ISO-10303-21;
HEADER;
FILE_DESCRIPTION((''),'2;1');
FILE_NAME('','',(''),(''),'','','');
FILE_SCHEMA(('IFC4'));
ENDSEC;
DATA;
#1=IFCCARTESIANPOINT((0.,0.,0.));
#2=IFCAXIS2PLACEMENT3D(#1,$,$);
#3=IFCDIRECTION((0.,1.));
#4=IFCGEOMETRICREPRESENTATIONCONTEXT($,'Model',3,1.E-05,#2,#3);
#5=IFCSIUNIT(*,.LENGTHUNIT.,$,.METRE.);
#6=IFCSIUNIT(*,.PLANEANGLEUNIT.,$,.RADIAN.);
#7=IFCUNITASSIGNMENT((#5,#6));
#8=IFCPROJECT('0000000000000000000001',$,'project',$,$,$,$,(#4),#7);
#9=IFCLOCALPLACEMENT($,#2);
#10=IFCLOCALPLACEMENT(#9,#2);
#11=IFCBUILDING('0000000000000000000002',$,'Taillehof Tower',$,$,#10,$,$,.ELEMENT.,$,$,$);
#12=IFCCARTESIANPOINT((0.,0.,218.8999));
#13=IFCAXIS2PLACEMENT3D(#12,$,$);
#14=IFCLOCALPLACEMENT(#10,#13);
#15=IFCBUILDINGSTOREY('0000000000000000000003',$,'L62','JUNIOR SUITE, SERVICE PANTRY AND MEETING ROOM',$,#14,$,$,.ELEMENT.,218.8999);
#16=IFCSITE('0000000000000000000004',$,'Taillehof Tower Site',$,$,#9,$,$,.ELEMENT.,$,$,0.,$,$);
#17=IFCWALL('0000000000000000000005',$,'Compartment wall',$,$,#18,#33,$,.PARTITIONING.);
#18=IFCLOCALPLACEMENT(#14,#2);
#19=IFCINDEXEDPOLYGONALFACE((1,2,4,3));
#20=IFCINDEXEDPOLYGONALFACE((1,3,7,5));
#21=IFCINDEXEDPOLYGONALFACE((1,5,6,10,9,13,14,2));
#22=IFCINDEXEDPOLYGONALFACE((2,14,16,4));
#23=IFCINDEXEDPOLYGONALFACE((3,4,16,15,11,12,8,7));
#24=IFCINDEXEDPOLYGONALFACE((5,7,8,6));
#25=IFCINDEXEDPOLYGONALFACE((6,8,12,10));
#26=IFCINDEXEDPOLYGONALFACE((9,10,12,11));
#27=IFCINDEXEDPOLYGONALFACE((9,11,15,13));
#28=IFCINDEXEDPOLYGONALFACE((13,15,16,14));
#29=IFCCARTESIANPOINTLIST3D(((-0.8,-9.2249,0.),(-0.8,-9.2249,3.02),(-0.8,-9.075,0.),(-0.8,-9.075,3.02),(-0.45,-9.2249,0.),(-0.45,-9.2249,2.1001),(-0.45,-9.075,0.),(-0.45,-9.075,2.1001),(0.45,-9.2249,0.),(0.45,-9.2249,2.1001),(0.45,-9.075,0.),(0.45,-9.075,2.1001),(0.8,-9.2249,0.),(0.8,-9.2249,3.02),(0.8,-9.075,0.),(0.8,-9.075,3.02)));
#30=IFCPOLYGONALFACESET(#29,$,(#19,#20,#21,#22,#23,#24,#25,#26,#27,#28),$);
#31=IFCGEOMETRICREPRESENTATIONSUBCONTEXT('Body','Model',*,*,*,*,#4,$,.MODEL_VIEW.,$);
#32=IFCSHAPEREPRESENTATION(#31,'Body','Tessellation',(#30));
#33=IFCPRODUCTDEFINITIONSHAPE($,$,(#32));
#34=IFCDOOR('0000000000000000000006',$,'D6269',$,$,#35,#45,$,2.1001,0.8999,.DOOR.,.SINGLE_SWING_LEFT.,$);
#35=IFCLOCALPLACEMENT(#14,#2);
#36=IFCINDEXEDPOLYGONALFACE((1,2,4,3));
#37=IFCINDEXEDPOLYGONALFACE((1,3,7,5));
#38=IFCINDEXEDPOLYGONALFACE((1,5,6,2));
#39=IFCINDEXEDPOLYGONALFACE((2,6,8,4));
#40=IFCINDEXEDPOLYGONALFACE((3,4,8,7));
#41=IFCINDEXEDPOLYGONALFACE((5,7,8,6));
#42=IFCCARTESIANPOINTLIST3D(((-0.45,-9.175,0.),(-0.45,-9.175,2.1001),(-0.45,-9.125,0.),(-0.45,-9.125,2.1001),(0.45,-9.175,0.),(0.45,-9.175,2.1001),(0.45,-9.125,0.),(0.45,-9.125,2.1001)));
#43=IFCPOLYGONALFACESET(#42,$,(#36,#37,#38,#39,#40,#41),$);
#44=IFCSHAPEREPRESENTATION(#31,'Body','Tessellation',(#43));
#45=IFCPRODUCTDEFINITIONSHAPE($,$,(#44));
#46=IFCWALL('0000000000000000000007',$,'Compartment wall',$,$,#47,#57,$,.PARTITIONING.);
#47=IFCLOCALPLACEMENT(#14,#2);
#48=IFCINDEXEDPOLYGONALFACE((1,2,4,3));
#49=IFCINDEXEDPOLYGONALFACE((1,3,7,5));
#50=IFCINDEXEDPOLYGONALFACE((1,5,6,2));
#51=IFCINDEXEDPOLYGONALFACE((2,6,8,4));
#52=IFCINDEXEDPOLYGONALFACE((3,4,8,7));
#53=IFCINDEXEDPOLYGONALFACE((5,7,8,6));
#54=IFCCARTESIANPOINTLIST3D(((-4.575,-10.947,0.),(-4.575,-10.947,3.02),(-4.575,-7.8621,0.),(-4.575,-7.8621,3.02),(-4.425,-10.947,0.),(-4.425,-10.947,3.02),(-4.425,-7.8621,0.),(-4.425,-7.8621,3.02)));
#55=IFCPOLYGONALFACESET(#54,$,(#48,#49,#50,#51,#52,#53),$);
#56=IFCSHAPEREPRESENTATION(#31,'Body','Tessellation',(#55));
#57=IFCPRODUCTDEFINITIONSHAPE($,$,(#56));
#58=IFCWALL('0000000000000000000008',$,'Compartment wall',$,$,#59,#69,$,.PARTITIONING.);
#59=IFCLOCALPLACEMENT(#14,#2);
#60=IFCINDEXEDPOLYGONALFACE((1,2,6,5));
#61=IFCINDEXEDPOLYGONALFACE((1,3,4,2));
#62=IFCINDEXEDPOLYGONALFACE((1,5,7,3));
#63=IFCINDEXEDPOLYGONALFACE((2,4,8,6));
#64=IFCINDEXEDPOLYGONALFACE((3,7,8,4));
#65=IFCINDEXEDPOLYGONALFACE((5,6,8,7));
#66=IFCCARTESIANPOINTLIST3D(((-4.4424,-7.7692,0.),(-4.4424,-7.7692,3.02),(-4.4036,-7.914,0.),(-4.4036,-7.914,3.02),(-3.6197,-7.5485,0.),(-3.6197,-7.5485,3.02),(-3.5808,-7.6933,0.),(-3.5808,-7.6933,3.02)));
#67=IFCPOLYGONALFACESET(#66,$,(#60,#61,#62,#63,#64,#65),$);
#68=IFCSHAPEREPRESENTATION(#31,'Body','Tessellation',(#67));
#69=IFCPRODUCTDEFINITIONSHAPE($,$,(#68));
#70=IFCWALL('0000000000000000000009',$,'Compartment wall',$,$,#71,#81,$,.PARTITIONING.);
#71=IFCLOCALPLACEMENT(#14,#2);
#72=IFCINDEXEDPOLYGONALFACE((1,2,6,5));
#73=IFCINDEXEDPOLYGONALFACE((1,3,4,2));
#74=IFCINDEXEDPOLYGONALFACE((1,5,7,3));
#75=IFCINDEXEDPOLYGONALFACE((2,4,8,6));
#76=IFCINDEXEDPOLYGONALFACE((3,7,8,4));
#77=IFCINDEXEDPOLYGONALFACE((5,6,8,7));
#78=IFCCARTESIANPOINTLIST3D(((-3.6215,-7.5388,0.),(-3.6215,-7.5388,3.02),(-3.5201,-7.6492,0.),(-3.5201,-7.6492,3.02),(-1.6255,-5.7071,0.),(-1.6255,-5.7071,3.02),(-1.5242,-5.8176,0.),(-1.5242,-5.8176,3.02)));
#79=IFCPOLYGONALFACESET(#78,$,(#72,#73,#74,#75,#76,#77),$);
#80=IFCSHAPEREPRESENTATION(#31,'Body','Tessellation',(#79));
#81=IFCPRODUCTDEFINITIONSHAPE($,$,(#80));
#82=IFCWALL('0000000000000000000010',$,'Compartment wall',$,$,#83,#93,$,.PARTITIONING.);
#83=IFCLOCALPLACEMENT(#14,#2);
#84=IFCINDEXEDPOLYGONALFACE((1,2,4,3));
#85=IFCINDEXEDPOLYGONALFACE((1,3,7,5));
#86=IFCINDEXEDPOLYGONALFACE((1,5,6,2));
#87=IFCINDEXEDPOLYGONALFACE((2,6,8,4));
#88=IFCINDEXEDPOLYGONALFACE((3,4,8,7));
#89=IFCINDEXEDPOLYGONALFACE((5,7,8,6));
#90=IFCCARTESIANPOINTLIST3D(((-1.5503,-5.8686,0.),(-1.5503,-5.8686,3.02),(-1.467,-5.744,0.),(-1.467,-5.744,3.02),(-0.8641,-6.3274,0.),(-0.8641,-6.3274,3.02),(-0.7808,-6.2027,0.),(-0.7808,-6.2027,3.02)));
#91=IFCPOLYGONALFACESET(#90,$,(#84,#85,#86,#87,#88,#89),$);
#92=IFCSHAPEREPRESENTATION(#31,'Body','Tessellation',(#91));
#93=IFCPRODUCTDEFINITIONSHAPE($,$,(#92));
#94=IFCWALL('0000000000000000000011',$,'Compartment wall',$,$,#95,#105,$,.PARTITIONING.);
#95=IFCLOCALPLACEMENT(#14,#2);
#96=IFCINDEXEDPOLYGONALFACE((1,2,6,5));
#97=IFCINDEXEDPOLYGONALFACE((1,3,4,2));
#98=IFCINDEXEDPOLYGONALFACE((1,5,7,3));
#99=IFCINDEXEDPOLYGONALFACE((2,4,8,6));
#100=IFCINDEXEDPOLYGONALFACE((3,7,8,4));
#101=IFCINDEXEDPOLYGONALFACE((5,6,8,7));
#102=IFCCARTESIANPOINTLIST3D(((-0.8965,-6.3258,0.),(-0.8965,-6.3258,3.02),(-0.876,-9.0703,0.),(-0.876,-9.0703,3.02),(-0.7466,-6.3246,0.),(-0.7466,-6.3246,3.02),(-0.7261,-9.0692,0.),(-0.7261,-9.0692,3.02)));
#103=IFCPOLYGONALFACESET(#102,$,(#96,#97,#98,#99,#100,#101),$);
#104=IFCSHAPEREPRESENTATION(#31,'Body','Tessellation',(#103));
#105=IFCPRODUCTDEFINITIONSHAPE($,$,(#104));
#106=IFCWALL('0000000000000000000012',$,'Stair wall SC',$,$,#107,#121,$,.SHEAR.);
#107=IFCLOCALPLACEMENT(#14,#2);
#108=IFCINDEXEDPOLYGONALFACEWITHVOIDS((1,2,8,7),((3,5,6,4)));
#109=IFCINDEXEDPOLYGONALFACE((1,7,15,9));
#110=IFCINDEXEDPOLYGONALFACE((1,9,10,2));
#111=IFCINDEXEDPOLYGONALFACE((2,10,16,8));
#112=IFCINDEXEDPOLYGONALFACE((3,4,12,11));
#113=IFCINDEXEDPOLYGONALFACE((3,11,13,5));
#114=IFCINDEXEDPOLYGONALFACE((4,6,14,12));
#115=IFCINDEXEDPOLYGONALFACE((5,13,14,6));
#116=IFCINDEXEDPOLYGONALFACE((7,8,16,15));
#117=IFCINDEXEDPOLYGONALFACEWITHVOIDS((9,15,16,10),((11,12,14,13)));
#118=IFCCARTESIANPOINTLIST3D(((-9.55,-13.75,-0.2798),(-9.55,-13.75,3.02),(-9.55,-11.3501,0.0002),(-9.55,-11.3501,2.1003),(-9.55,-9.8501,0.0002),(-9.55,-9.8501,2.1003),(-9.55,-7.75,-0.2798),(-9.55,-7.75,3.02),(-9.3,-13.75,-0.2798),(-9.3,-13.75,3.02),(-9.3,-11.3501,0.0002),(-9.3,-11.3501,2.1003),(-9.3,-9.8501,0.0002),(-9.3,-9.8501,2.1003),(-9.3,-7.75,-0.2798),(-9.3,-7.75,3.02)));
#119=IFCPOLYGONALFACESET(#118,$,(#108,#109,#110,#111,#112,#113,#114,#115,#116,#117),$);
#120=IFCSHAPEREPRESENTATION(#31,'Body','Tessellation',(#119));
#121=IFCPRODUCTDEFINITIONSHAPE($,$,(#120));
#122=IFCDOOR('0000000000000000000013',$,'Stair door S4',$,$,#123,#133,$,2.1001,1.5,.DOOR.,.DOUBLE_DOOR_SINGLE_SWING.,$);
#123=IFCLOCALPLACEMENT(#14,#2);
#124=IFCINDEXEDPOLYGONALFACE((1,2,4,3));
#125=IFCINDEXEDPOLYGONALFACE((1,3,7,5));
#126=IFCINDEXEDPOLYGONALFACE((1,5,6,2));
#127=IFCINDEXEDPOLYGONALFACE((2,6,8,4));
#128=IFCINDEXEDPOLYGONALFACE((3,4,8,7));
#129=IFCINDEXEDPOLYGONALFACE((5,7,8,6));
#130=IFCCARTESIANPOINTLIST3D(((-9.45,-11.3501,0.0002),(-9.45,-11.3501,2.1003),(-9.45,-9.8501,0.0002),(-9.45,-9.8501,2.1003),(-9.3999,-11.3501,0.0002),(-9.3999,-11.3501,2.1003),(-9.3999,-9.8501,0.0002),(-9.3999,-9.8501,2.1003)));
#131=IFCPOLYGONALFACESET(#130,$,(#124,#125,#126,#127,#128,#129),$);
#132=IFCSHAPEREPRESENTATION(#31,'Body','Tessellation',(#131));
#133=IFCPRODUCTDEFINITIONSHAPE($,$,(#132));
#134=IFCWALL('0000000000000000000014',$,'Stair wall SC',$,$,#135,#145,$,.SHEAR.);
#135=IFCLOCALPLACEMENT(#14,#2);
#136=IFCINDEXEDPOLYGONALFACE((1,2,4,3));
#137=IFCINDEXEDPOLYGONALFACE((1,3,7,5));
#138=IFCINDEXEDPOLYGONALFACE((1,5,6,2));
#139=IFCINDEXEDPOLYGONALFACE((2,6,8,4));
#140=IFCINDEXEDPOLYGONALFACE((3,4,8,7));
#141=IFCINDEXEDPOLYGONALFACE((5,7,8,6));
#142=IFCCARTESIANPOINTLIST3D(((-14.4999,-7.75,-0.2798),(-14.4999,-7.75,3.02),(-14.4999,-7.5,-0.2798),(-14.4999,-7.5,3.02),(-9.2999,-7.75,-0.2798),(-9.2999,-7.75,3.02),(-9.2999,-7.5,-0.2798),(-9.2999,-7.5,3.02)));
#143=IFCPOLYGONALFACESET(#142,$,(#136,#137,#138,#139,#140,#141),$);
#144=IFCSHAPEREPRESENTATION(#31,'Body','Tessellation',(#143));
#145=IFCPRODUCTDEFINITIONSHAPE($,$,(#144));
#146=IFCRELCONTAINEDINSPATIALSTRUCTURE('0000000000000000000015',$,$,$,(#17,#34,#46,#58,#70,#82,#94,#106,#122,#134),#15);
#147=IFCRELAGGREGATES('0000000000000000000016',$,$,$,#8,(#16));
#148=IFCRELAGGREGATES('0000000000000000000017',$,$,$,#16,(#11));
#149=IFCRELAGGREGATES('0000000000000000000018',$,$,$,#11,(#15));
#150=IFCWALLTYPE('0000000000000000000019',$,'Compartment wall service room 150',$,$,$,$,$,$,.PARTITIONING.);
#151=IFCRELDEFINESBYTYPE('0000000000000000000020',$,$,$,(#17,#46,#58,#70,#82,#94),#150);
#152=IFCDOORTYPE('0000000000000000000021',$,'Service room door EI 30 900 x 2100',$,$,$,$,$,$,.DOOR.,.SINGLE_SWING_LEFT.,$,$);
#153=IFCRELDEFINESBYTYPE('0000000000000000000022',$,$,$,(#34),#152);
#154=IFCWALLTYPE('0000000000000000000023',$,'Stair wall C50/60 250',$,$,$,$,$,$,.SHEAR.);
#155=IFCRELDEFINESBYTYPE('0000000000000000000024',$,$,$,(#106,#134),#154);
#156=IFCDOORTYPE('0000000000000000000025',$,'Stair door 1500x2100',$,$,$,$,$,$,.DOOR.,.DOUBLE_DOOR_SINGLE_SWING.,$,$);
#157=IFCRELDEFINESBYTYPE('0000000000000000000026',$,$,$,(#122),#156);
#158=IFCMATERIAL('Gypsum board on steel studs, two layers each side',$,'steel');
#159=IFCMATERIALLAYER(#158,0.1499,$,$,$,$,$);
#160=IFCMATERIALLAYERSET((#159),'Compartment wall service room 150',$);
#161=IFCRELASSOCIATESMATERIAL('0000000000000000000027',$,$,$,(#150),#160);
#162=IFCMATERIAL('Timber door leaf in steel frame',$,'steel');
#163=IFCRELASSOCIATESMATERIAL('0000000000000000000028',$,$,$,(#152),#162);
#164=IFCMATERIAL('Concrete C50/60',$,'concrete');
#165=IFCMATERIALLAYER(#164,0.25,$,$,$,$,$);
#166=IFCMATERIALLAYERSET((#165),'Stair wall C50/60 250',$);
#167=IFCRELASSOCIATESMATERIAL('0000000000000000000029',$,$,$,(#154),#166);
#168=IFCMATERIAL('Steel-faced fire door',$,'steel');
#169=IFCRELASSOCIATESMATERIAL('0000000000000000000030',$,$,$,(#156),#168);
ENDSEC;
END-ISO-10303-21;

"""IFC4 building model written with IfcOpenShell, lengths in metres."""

from ifc_helpers import new_model, si_unit, direction, frame, frame_2d, origin, place, context, subcontext, project, spatial, rectangle, extrude, material, layer, layer_set, type_object, element, fill, save


model = new_model("IFC4")

# Units and contexts
model_context = context("Model", 3, precision=1e-05, world=origin(), true_north=direction((0.0, 1.0)))
body_context = subcontext(model_context, "Body", "Model", "MODEL_VIEW")
ifc_project = project(units=[si_unit("LENGTHUNIT", "METRE"), si_unit("PLANEANGLEUNIT", "RADIAN")], contexts=[model_context])

# Site, building, storey
site_placement = place(None, origin())
site = spatial("IfcSite", under=ifc_project, at=site_placement, Name="Taillehof Tower Site", CompositionType="ELEMENT", RefElevation=0.0)
building_placement = place(site_placement, origin())
building = spatial("IfcBuilding", under=site, at=building_placement, Name="Taillehof Tower", CompositionType="ELEMENT")
storey_placement = place(building_placement, frame((0.0, 0.0, 218.8999)))
storey = spatial("IfcBuildingStorey", under=building, at=storey_placement, Name="L62", Description="JUNIOR SUITE, SERVICE PANTRY AND MEETING ROOM", CompositionType="ELEMENT", Elevation=218.8999)

# Wall, opening, door
ifc_material_1 = material(Name="Gypsum board on steel studs, two layers each side", Category="steel")
ifc_layer_1 = layer(ifc_material_1, 0.1499)
ifc_layer_set_1 = layer_set([ifc_layer_1], Name="Compartment wall service room 150")
wall_type_1 = type_object("IfcWallType", Name="Compartment wall service room 150", PredefinedType="PARTITIONING", material=ifc_layer_set_1)
wall_1_placement = place(storey_placement, frame((-0.8, -9.1499, 0.0), z_axis=(0.0, 0.0, 1.0), x_axis=(1.0, 0.0, 0.0)))
wall_1 = element("IfcWall", 1, at=wall_1_placement, inside=storey, type_object=wall_type_1, Name="Compartment wall", PredefinedType="PARTITIONING", context=body_context, shape_type="SweptSolid", body=[
    extrude(rectangle(XDim=1.6001, YDim=0.1499, at=frame_2d((0.8, 0.0))), origin(), (0.0, 0.0, 1.0), 3.02),
])
opening_1_placement = place(wall_1_placement, frame((0.3501, 0.0, 0.0)))
opening_1 = element("IfcOpeningElement", 2, at=opening_1_placement, cuts=wall_1, PredefinedType="OPENING", context=body_context, shape_type="SweptSolid", body=[
    extrude(rectangle(XDim=0.8999, YDim=2.1001, at=frame_2d((0.45, 1.05))), frame((0.0, 0.085, 0.0), z_axis=(0.0, -1.0, 0.0), x_axis=(1.0, 0.0, 0.0)), (0.0, 0.0, 1.0), 0.1699),
])
ifc_material_2 = material(Name="Timber door leaf in steel frame", Category="steel")
door_type_1 = type_object("IfcDoorType", Name="Service room door EI 30 900 x 2100", OperationType="SINGLE_SWING_LEFT", PredefinedType="DOOR", material=ifc_material_2)
door_1_placement = place(opening_1_placement, origin())
door_1 = element("IfcDoor", 3, at=door_1_placement, inside=storey, type_object=door_type_1, Name="D6269", OperationType="SINGLE_SWING_LEFT", OverallHeight=2.1001, OverallWidth=0.8999, PredefinedType="DOOR", context=body_context, shape_type="SweptSolid", body=[
    extrude(rectangle(XDim=0.8999, YDim=2.1001, at=frame_2d((0.45, 1.05))), frame((0.0, 0.0249, 0.0), z_axis=(0.0, -1.0, 0.0), x_axis=(1.0, 0.0, 0.0)), (0.0, 0.0, 1.0), 0.05),
])
fill(opening_1, door_1)

# Walls
wall_2_placement = place(storey_placement, frame((-4.5, -10.947, 0.0), z_axis=(0.0, 0.0, 1.0), x_axis=(0.0, 1.0, 0.0)))
element("IfcWall", 4, at=wall_2_placement, inside=storey, type_object=wall_type_1, Name="Compartment wall", PredefinedType="PARTITIONING", context=body_context, shape_type="SweptSolid", body=[
    extrude(rectangle(XDim=3.085, YDim=0.1499, at=frame_2d((1.5425, 0.0))), origin(), (0.0, 0.0, 1.0), 3.02),
])
wall_3_placement = place(storey_placement, frame((-4.4229, -7.8416, 0.0), z_axis=(0.0, 0.0, 1.0), x_axis=(0.965853, 0.259089, 0.0)))
element("IfcWall", 5, at=wall_3_placement, inside=storey, type_object=wall_type_1, Name="Compartment wall", PredefinedType="PARTITIONING", context=body_context, shape_type="SweptSolid", body=[
    extrude(rectangle(XDim=0.8518, YDim=0.1499, at=frame_2d((0.4258, 0.0))), origin(), (0.0, 0.0, 1.0), 3.02),
])
wall_4_placement = place(storey_placement, frame((-3.5708, -7.594, 0.0), z_axis=(0.0, 0.0, 1.0), x_axis=(0.736784, 0.676129, 0.0)))
element("IfcWall", 6, at=wall_4_placement, inside=storey, type_object=wall_type_1, Name="Compartment wall", PredefinedType="PARTITIONING", context=body_context, shape_type="SweptSolid", body=[
    extrude(rectangle(XDim=2.709, YDim=0.1499, at=frame_2d((1.3545, 0.0))), origin(), (0.0, 0.0, 1.0), 3.02),
])
wall_5_placement = place(storey_placement, frame((-1.5085, -5.8064, 0.0), z_axis=(0.0, 0.0, 1.0), x_axis=(0.831367, -0.555724, 0.0)))
element("IfcWall", 7, at=wall_5_placement, inside=storey, type_object=wall_type_1, Name="Compartment wall", PredefinedType="PARTITIONING", context=body_context, shape_type="SweptSolid", body=[
    extrude(rectangle(XDim=0.8254, YDim=0.1499, at=frame_2d((0.4126, 0.0))), origin(), (0.0, 0.0, 1.0), 3.02),
])
wall_6_placement = place(storey_placement, frame((-0.8215, -6.3252, 0.0), z_axis=(0.0, 0.0, 1.0), x_axis=(0.007472, -0.999972, 0.0)))
element("IfcWall", 8, at=wall_6_placement, inside=storey, type_object=wall_type_1, Name="Compartment wall", PredefinedType="PARTITIONING", context=body_context, shape_type="SweptSolid", body=[
    extrude(rectangle(XDim=2.7446, YDim=0.1499, at=frame_2d((1.3723, 0.0))), origin(), (0.0, 0.0, 1.0), 3.02),
])

# Wall, opening, door
ifc_material_3 = material(Name="Concrete C50/60", Category="concrete")
ifc_layer_2 = layer(ifc_material_3, 0.25)
ifc_layer_set_2 = layer_set([ifc_layer_2], Name="Stair wall C50/60 250")
wall_type_2 = type_object("IfcWallType", Name="Stair wall C50/60 250", PredefinedType="SHEAR", material=ifc_layer_set_2)
wall_7_placement = place(storey_placement, frame((-9.425, -13.75, -0.2798), z_axis=(0.0, 0.0, 1.0), x_axis=(0.0, 1.0, 0.0)))
wall_7 = element("IfcWall", 9, at=wall_7_placement, inside=storey, type_object=wall_type_2, Name="Stair wall SC", PredefinedType="SHEAR", context=body_context, shape_type="SweptSolid", body=[
    extrude(rectangle(XDim=6.0, YDim=0.25, at=frame_2d((3.0, 0.0))), origin(), (0.0, 0.0, 1.0), 3.2998),
])
opening_2_placement = place(wall_7_placement, frame((2.3999, 0.0, 0.28)))
opening_2 = element("IfcOpeningElement", 10, at=opening_2_placement, cuts=wall_7, PredefinedType="OPENING", context=body_context, shape_type="SweptSolid", body=[
    extrude(rectangle(XDim=1.5, YDim=2.1001, at=frame_2d((0.75, 1.05))), frame((0.0, 0.135, 0.0), z_axis=(0.0, -1.0, 0.0), x_axis=(1.0, 0.0, 0.0)), (0.0, 0.0, 1.0), 0.27),
])
ifc_material_4 = material(Name="Steel-faced fire door", Category="steel")
door_type_2 = type_object("IfcDoorType", Name="Stair door 1500x2100", OperationType="DOUBLE_DOOR_SINGLE_SWING", PredefinedType="DOOR", material=ifc_material_4)
door_2_placement = place(opening_2_placement, origin())
door_2 = element("IfcDoor", 11, at=door_2_placement, inside=storey, type_object=door_type_2, Name="Stair door S4", OperationType="DOUBLE_DOOR_SINGLE_SWING", OverallHeight=2.1001, OverallWidth=1.5, PredefinedType="DOOR", context=body_context, shape_type="SweptSolid", body=[
    extrude(rectangle(XDim=1.5, YDim=2.1001, at=frame_2d((0.75, 1.05))), frame((0.0, 0.0249, 0.0), z_axis=(0.0, -1.0, 0.0), x_axis=(1.0, 0.0, 0.0)), (0.0, 0.0, 1.0), 0.05),
])
fill(opening_2, door_2)

# Wall
wall_8_placement = place(storey_placement, frame((-14.5, -7.625, -0.2798), z_axis=(0.0, 0.0, 1.0), x_axis=(1.0, 0.0, 0.0)))
element("IfcWall", 12, at=wall_8_placement, inside=storey, type_object=wall_type_2, Name="Stair wall SC", PredefinedType="SHEAR", context=body_context, shape_type="SweptSolid", body=[
    extrude(rectangle(XDim=5.2, YDim=0.25, at=frame_2d((2.6001, 0.0))), origin(), (0.0, 0.0, 1.0), 3.2998),
])

save(model, "model.ifc")
